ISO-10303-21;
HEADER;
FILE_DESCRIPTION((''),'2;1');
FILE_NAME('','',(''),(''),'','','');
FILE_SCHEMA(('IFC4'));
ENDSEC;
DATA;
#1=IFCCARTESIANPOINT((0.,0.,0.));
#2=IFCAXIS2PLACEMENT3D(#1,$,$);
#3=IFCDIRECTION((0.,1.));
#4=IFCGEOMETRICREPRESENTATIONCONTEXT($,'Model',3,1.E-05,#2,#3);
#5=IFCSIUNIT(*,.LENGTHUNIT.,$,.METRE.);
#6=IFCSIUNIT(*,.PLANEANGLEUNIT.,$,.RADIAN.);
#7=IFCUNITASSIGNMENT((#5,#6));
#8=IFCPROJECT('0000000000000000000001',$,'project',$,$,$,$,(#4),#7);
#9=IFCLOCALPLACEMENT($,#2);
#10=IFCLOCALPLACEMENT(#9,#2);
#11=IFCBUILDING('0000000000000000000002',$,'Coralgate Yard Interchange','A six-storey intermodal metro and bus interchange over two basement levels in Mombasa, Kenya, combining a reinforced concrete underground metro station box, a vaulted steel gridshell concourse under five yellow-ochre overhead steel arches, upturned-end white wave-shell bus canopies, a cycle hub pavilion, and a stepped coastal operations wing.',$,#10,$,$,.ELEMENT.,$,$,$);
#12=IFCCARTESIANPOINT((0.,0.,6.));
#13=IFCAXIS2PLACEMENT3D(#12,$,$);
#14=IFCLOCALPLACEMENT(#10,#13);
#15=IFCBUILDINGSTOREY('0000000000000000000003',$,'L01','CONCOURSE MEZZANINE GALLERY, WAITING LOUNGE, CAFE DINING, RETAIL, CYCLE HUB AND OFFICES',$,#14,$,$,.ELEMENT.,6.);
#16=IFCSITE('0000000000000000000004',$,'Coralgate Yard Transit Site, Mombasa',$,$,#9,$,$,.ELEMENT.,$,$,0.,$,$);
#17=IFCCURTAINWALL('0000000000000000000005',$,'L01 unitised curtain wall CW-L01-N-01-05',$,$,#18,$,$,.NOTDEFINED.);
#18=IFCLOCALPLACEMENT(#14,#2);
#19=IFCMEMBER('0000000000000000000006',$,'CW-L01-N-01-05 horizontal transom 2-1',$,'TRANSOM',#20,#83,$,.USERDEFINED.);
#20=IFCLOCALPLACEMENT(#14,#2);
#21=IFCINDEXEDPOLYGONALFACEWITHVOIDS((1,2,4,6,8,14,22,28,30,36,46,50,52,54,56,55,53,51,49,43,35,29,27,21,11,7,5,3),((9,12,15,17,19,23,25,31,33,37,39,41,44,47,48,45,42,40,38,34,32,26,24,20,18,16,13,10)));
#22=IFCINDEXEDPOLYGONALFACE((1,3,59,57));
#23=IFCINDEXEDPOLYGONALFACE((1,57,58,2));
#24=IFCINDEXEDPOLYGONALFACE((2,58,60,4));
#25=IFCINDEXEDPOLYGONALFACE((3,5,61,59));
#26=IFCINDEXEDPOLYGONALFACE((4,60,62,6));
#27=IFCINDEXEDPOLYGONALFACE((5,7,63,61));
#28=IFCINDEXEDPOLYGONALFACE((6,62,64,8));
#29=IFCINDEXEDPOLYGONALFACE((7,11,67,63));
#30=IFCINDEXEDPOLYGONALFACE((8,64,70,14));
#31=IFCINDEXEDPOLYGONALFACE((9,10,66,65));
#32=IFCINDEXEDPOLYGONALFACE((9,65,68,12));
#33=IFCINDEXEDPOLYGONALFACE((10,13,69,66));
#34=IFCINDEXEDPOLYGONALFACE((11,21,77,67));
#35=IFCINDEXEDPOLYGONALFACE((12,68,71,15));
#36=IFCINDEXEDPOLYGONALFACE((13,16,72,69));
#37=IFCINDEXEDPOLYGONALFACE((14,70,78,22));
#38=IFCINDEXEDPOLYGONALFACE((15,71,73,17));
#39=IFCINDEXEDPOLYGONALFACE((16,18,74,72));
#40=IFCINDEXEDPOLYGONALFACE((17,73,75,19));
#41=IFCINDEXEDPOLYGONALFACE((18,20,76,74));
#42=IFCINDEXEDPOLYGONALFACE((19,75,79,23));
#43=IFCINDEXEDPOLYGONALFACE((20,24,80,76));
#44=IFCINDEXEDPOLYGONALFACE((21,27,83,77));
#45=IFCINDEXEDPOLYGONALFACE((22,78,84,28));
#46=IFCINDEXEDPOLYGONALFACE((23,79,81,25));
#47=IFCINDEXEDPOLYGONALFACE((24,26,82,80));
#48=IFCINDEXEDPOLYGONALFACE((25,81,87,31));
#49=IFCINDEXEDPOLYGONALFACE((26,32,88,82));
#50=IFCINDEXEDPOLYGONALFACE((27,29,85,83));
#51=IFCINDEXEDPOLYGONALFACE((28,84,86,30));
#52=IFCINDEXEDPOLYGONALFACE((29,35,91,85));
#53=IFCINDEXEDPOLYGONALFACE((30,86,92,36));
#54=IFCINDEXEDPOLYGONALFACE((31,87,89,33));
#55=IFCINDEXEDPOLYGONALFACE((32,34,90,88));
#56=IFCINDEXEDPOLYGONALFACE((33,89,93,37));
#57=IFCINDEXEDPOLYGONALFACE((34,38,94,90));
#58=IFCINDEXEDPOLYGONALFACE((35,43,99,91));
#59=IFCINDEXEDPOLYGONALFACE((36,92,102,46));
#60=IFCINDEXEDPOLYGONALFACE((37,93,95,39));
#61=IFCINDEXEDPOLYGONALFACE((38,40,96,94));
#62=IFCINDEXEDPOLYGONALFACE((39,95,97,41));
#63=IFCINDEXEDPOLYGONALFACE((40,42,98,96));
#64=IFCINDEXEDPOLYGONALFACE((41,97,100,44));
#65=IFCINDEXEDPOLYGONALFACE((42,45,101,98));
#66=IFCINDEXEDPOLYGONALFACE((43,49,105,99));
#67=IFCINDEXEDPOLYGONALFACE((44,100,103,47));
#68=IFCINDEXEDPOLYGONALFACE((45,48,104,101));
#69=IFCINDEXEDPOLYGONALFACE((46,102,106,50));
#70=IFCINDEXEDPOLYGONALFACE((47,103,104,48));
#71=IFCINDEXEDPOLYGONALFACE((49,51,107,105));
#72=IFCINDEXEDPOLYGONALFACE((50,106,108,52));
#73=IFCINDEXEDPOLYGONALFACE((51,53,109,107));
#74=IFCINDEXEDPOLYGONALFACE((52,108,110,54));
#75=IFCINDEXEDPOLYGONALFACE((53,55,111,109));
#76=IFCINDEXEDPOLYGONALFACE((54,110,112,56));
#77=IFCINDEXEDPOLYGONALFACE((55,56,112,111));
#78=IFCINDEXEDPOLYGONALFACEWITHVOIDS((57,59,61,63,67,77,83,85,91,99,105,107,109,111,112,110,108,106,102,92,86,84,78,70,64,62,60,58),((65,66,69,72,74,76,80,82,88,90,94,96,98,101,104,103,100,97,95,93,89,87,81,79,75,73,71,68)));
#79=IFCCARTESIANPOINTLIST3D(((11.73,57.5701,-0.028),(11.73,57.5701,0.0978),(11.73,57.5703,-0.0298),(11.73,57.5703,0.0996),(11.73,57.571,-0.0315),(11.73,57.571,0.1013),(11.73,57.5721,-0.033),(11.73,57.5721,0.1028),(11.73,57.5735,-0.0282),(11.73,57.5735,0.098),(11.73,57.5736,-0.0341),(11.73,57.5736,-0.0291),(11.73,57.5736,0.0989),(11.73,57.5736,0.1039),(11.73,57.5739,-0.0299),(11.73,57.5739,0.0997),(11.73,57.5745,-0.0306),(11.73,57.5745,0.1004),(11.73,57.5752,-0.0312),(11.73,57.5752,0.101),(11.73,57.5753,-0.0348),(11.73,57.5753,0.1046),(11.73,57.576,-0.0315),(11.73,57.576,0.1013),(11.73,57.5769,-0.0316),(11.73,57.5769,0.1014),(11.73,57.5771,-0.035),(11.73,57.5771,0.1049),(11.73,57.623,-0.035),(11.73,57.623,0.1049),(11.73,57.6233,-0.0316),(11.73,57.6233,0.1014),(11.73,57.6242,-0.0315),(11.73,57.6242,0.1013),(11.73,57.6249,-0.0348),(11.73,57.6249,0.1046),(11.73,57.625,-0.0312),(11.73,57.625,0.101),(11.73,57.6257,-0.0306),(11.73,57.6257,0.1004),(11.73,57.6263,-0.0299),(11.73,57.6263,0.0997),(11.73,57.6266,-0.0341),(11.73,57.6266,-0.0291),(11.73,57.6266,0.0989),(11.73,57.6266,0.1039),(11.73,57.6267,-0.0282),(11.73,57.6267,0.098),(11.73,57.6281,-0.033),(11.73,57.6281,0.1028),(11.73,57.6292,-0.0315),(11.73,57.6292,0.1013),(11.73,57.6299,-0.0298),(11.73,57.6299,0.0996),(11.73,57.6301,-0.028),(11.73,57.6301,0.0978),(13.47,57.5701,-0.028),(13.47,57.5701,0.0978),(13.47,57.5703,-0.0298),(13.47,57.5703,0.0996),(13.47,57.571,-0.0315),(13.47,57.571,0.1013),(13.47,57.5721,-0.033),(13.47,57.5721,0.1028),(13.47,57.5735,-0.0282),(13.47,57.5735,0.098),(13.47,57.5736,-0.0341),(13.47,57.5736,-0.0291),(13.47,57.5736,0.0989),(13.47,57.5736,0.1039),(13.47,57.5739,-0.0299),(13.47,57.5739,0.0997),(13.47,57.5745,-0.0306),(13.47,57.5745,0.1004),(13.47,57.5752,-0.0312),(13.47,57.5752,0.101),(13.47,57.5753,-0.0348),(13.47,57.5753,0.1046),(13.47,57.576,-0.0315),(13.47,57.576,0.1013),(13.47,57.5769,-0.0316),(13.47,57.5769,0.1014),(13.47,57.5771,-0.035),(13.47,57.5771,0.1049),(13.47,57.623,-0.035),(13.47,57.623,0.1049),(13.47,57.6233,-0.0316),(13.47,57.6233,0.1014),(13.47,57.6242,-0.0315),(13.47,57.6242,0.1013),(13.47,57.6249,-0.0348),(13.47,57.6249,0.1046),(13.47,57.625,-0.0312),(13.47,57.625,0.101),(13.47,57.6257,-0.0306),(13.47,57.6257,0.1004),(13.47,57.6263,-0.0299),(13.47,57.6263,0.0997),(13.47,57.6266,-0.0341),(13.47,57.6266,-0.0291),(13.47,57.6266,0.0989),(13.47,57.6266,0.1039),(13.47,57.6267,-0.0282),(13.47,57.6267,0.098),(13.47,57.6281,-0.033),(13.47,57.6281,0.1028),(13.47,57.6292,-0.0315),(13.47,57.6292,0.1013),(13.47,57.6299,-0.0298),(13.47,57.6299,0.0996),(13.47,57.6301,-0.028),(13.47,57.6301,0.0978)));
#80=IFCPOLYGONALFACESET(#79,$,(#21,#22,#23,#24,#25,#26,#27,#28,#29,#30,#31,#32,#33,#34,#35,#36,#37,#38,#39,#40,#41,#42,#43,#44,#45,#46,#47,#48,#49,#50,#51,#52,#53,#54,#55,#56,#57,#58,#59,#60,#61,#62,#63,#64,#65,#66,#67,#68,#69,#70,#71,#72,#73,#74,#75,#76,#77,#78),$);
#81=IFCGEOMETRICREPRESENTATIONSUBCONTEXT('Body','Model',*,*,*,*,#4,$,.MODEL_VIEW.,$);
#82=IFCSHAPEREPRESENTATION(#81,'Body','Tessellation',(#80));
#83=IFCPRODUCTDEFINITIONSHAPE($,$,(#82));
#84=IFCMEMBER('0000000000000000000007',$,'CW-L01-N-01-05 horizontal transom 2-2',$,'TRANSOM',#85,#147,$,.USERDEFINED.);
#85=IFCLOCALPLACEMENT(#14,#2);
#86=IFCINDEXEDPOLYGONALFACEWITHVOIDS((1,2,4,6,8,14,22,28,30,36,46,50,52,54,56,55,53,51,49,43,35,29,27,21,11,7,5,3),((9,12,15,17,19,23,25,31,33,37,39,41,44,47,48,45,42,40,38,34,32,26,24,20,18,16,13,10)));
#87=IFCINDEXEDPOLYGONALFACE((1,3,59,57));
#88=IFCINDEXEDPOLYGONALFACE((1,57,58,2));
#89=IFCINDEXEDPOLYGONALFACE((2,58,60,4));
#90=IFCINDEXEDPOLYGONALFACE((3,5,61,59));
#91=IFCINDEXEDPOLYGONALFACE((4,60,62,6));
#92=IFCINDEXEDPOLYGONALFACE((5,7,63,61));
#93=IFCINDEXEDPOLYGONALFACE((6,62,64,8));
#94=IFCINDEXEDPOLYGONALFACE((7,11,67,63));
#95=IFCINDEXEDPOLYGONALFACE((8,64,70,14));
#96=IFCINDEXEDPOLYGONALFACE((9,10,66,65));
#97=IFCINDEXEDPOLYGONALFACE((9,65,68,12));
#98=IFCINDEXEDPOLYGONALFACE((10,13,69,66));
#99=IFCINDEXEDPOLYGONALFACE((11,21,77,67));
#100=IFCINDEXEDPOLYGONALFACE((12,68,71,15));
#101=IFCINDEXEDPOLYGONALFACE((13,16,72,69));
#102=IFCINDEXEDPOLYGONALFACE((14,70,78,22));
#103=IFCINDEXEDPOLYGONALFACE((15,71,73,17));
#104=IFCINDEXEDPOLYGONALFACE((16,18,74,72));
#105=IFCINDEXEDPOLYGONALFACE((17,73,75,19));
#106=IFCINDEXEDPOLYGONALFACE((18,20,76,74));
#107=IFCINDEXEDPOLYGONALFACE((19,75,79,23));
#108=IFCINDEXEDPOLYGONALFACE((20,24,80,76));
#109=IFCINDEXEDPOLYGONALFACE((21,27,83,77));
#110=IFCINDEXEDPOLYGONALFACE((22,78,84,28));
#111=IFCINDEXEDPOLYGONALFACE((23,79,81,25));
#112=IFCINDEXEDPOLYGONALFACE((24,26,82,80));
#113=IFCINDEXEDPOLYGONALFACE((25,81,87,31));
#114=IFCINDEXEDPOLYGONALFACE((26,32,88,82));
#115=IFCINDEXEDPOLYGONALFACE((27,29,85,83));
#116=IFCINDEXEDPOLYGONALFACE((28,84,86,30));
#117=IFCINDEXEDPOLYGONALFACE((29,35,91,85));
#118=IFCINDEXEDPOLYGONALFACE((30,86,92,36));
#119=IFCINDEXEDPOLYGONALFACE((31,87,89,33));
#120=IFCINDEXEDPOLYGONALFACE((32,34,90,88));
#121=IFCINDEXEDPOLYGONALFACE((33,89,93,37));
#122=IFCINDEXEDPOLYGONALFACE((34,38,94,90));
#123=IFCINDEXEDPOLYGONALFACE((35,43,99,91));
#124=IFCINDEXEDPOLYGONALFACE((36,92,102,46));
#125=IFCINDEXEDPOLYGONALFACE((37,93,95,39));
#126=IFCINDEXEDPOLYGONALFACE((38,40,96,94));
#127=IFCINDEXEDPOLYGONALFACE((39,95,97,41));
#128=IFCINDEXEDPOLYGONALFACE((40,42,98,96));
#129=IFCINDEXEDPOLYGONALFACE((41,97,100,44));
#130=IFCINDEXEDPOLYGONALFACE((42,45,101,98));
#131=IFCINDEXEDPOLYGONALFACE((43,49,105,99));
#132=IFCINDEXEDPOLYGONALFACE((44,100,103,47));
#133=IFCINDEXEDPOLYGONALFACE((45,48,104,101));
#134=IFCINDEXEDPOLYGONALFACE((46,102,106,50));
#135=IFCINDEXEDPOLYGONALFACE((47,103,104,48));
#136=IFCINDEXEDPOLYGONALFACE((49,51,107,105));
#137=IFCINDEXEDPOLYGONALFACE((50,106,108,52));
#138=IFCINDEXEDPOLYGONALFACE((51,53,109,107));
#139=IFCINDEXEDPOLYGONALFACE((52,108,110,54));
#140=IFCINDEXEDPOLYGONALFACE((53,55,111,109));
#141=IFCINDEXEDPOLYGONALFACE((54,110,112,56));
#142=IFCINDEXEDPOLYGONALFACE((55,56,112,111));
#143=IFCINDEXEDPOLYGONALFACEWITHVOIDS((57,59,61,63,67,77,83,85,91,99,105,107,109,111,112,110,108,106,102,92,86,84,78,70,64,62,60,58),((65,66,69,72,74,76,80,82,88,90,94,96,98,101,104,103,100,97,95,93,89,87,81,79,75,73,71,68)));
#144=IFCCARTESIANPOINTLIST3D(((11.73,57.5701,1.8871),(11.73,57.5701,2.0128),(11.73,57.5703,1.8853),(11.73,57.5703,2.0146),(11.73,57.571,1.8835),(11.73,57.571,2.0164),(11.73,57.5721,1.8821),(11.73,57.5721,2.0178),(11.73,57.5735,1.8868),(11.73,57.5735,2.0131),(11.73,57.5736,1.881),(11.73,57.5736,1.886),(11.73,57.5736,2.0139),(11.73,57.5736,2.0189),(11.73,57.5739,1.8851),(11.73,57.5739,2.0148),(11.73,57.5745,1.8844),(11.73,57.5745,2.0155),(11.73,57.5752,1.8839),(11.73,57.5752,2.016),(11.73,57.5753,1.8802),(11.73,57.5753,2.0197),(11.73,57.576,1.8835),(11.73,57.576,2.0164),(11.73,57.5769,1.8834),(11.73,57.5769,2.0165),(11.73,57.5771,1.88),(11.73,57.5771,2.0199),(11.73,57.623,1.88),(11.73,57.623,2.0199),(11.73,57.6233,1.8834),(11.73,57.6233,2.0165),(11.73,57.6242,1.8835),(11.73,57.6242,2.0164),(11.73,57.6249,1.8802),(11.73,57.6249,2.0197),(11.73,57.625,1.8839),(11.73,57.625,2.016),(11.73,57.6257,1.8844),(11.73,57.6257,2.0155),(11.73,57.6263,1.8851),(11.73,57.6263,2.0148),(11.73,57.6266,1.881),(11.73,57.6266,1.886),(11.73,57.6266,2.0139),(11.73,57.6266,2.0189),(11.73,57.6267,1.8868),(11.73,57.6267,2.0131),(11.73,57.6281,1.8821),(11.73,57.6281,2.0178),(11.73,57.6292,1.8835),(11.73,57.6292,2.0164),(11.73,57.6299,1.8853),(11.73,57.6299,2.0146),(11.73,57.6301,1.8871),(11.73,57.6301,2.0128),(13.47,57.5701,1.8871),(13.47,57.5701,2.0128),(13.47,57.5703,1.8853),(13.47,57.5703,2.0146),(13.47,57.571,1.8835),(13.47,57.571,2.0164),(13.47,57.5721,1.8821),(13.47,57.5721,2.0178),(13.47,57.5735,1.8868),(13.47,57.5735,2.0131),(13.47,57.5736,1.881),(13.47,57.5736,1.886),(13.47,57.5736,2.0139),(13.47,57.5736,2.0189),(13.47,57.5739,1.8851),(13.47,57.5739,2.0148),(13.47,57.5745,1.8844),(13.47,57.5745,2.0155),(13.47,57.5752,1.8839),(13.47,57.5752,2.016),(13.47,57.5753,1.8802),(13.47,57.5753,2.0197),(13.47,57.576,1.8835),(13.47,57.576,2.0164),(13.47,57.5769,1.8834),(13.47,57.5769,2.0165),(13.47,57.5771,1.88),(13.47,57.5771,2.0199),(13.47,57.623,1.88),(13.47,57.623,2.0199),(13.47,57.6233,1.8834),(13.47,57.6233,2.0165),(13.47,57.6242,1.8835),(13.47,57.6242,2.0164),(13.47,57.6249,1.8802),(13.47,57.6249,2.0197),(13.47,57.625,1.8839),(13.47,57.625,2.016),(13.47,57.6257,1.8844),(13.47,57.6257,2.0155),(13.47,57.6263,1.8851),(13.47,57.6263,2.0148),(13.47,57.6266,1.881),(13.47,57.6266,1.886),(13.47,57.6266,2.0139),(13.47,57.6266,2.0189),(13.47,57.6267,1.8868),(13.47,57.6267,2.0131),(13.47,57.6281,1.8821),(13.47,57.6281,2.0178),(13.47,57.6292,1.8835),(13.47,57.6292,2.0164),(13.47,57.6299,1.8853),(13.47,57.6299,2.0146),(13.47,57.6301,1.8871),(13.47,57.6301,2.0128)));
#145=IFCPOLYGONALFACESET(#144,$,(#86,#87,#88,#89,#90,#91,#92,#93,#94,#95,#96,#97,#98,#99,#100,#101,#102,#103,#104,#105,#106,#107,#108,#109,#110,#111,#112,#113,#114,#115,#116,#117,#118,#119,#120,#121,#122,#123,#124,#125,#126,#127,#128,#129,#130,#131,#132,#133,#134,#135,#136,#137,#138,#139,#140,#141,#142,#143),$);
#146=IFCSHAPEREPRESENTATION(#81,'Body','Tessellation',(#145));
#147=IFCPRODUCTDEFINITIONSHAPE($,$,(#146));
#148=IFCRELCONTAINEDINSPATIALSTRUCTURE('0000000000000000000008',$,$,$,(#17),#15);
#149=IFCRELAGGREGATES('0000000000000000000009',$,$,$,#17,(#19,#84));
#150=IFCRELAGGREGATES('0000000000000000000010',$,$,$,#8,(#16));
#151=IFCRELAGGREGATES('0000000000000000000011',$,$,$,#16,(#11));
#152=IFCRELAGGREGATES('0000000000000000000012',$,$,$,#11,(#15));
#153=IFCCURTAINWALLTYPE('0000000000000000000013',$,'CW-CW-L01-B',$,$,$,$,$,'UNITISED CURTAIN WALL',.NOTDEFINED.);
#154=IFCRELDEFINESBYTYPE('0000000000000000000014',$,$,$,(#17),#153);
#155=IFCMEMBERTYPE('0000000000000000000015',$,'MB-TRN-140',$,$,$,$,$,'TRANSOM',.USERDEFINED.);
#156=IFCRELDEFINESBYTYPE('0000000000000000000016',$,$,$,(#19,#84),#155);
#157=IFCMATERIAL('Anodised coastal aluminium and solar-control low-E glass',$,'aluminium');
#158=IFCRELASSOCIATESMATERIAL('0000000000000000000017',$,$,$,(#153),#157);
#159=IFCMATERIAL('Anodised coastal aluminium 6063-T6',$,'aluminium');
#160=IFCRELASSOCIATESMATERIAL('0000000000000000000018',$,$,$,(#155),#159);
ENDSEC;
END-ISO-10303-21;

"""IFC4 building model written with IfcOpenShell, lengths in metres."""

from ifc_helpers import new_model, si_unit, direction, frame, origin, origin_2d, place, context, subcontext, project, spatial, hollow_rectangle, extrude, material, material_profile, profile_set, type_object, element, aggregate, save


model = new_model("IFC4")

# Units and contexts
model_context = context("Model", 3, precision=1e-05, world=origin(), true_north=direction((0.0, 1.0)))
body_context = subcontext(model_context, "Body", "Model", "MODEL_VIEW")
ifc_project = project(units=[si_unit("LENGTHUNIT", "METRE"), si_unit("PLANEANGLEUNIT", "RADIAN")], contexts=[model_context])

# Site, building, storey
site_placement = place(None, origin())
site = spatial("IfcSite", under=ifc_project, at=site_placement, Name="Coralgate Yard Transit Site, Mombasa", CompositionType="ELEMENT", RefElevation=0.0)
building_placement = place(site_placement, origin())
building = spatial("IfcBuilding", under=site, at=building_placement, Name="Coralgate Yard Interchange", Description="A six-storey intermodal metro and bus interchange over two basement levels in Mombasa, Kenya, combining a reinforced concrete underground metro station box, a vaulted steel gridshell concourse under five yellow-ochre overhead steel arches, upturned-end white wave-shell bus canopies, a cycle hub pavilion, and a stepped coastal operations wing.", CompositionType="ELEMENT")
storey_placement = place(building_placement, frame((0.0, 0.0, 6.0)))
storey = spatial("IfcBuildingStorey", under=building, at=storey_placement, Name="L01", Description="CONCOURSE MEZZANINE GALLERY, WAITING LOUNGE, CAFE DINING, RETAIL, CYCLE HUB AND OFFICES", CompositionType="ELEMENT", Elevation=6.0)

# Curtain wall, members
ifc_material_1 = material(Name="Anodised coastal aluminium and solar-control low-E glass", Category="aluminium")
curtain_wall_type = type_object("IfcCurtainWallType", Name="CW-CW-L01-B", ElementType="UNITISED CURTAIN WALL", PredefinedType="NOTDEFINED", material=ifc_material_1)
curtain_wall_placement = place(storey_placement, origin())
curtain_wall = element("IfcCurtainWall", 1, at=curtain_wall_placement, inside=storey, type_object=curtain_wall_type, Name="L01 unitised curtain wall CW-L01-N-01-05", PredefinedType="NOTDEFINED")
ifc_material_2 = material(Name="Anodised coastal aluminium 6063-T6", Category="aluminium")
ifc_material_profile_1 = material_profile(ifc_material_2, hollow_rectangle(XDim=0.0601, YDim=0.1399, WallThickness=0.0034, InnerFilletRadius=0.0034, OuterFilletRadius=0.0071, at=origin_2d()), Name="ALU 60x140x3.5")
ifc_profile_set_1 = profile_set([ifc_material_profile_1], Name="Anodised coastal aluminium 6063-T6")
member_type_1 = type_object("IfcMemberType", Name="MB-TRN-140", ElementType="TRANSOM", PredefinedType="USERDEFINED", material=ifc_profile_set_1)
member_1_placement = place(storey_placement, frame((11.73, 57.6001, 0.0349), z_axis=(1.0, 0.0, 0.0), x_axis=(0.0, 1.0, 0.0)))
member_1 = element("IfcMember", 2, at=member_1_placement, type_object=member_type_1, Name="CW-L01-N-01-05 horizontal transom 2-1", ObjectType="TRANSOM", PredefinedType="USERDEFINED", context=body_context, shape_type="SweptSolid", body=[
    extrude(hollow_rectangle(XDim=0.0601, YDim=0.1399, WallThickness=0.0034, InnerFilletRadius=0.0034, OuterFilletRadius=0.0071, at=origin_2d()), origin(), (0.0, 0.0, 1.0), 1.74),
])
member_2_placement = place(storey_placement, frame((11.73, 57.6001, 1.95), z_axis=(1.0, 0.0, 0.0), x_axis=(0.0, 1.0, 0.0)))
member_2 = element("IfcMember", 3, at=member_2_placement, type_object=member_type_1, Name="CW-L01-N-01-05 horizontal transom 2-2", ObjectType="TRANSOM", PredefinedType="USERDEFINED", context=body_context, shape_type="SweptSolid", body=[
    extrude(hollow_rectangle(XDim=0.0601, YDim=0.1399, WallThickness=0.0034, InnerFilletRadius=0.0034, OuterFilletRadius=0.0071, at=origin_2d()), origin(), (0.0, 0.0, 1.0), 1.74),
])
aggregate(curtain_wall, [member_1, member_2])

save(model, "model.ifc")
